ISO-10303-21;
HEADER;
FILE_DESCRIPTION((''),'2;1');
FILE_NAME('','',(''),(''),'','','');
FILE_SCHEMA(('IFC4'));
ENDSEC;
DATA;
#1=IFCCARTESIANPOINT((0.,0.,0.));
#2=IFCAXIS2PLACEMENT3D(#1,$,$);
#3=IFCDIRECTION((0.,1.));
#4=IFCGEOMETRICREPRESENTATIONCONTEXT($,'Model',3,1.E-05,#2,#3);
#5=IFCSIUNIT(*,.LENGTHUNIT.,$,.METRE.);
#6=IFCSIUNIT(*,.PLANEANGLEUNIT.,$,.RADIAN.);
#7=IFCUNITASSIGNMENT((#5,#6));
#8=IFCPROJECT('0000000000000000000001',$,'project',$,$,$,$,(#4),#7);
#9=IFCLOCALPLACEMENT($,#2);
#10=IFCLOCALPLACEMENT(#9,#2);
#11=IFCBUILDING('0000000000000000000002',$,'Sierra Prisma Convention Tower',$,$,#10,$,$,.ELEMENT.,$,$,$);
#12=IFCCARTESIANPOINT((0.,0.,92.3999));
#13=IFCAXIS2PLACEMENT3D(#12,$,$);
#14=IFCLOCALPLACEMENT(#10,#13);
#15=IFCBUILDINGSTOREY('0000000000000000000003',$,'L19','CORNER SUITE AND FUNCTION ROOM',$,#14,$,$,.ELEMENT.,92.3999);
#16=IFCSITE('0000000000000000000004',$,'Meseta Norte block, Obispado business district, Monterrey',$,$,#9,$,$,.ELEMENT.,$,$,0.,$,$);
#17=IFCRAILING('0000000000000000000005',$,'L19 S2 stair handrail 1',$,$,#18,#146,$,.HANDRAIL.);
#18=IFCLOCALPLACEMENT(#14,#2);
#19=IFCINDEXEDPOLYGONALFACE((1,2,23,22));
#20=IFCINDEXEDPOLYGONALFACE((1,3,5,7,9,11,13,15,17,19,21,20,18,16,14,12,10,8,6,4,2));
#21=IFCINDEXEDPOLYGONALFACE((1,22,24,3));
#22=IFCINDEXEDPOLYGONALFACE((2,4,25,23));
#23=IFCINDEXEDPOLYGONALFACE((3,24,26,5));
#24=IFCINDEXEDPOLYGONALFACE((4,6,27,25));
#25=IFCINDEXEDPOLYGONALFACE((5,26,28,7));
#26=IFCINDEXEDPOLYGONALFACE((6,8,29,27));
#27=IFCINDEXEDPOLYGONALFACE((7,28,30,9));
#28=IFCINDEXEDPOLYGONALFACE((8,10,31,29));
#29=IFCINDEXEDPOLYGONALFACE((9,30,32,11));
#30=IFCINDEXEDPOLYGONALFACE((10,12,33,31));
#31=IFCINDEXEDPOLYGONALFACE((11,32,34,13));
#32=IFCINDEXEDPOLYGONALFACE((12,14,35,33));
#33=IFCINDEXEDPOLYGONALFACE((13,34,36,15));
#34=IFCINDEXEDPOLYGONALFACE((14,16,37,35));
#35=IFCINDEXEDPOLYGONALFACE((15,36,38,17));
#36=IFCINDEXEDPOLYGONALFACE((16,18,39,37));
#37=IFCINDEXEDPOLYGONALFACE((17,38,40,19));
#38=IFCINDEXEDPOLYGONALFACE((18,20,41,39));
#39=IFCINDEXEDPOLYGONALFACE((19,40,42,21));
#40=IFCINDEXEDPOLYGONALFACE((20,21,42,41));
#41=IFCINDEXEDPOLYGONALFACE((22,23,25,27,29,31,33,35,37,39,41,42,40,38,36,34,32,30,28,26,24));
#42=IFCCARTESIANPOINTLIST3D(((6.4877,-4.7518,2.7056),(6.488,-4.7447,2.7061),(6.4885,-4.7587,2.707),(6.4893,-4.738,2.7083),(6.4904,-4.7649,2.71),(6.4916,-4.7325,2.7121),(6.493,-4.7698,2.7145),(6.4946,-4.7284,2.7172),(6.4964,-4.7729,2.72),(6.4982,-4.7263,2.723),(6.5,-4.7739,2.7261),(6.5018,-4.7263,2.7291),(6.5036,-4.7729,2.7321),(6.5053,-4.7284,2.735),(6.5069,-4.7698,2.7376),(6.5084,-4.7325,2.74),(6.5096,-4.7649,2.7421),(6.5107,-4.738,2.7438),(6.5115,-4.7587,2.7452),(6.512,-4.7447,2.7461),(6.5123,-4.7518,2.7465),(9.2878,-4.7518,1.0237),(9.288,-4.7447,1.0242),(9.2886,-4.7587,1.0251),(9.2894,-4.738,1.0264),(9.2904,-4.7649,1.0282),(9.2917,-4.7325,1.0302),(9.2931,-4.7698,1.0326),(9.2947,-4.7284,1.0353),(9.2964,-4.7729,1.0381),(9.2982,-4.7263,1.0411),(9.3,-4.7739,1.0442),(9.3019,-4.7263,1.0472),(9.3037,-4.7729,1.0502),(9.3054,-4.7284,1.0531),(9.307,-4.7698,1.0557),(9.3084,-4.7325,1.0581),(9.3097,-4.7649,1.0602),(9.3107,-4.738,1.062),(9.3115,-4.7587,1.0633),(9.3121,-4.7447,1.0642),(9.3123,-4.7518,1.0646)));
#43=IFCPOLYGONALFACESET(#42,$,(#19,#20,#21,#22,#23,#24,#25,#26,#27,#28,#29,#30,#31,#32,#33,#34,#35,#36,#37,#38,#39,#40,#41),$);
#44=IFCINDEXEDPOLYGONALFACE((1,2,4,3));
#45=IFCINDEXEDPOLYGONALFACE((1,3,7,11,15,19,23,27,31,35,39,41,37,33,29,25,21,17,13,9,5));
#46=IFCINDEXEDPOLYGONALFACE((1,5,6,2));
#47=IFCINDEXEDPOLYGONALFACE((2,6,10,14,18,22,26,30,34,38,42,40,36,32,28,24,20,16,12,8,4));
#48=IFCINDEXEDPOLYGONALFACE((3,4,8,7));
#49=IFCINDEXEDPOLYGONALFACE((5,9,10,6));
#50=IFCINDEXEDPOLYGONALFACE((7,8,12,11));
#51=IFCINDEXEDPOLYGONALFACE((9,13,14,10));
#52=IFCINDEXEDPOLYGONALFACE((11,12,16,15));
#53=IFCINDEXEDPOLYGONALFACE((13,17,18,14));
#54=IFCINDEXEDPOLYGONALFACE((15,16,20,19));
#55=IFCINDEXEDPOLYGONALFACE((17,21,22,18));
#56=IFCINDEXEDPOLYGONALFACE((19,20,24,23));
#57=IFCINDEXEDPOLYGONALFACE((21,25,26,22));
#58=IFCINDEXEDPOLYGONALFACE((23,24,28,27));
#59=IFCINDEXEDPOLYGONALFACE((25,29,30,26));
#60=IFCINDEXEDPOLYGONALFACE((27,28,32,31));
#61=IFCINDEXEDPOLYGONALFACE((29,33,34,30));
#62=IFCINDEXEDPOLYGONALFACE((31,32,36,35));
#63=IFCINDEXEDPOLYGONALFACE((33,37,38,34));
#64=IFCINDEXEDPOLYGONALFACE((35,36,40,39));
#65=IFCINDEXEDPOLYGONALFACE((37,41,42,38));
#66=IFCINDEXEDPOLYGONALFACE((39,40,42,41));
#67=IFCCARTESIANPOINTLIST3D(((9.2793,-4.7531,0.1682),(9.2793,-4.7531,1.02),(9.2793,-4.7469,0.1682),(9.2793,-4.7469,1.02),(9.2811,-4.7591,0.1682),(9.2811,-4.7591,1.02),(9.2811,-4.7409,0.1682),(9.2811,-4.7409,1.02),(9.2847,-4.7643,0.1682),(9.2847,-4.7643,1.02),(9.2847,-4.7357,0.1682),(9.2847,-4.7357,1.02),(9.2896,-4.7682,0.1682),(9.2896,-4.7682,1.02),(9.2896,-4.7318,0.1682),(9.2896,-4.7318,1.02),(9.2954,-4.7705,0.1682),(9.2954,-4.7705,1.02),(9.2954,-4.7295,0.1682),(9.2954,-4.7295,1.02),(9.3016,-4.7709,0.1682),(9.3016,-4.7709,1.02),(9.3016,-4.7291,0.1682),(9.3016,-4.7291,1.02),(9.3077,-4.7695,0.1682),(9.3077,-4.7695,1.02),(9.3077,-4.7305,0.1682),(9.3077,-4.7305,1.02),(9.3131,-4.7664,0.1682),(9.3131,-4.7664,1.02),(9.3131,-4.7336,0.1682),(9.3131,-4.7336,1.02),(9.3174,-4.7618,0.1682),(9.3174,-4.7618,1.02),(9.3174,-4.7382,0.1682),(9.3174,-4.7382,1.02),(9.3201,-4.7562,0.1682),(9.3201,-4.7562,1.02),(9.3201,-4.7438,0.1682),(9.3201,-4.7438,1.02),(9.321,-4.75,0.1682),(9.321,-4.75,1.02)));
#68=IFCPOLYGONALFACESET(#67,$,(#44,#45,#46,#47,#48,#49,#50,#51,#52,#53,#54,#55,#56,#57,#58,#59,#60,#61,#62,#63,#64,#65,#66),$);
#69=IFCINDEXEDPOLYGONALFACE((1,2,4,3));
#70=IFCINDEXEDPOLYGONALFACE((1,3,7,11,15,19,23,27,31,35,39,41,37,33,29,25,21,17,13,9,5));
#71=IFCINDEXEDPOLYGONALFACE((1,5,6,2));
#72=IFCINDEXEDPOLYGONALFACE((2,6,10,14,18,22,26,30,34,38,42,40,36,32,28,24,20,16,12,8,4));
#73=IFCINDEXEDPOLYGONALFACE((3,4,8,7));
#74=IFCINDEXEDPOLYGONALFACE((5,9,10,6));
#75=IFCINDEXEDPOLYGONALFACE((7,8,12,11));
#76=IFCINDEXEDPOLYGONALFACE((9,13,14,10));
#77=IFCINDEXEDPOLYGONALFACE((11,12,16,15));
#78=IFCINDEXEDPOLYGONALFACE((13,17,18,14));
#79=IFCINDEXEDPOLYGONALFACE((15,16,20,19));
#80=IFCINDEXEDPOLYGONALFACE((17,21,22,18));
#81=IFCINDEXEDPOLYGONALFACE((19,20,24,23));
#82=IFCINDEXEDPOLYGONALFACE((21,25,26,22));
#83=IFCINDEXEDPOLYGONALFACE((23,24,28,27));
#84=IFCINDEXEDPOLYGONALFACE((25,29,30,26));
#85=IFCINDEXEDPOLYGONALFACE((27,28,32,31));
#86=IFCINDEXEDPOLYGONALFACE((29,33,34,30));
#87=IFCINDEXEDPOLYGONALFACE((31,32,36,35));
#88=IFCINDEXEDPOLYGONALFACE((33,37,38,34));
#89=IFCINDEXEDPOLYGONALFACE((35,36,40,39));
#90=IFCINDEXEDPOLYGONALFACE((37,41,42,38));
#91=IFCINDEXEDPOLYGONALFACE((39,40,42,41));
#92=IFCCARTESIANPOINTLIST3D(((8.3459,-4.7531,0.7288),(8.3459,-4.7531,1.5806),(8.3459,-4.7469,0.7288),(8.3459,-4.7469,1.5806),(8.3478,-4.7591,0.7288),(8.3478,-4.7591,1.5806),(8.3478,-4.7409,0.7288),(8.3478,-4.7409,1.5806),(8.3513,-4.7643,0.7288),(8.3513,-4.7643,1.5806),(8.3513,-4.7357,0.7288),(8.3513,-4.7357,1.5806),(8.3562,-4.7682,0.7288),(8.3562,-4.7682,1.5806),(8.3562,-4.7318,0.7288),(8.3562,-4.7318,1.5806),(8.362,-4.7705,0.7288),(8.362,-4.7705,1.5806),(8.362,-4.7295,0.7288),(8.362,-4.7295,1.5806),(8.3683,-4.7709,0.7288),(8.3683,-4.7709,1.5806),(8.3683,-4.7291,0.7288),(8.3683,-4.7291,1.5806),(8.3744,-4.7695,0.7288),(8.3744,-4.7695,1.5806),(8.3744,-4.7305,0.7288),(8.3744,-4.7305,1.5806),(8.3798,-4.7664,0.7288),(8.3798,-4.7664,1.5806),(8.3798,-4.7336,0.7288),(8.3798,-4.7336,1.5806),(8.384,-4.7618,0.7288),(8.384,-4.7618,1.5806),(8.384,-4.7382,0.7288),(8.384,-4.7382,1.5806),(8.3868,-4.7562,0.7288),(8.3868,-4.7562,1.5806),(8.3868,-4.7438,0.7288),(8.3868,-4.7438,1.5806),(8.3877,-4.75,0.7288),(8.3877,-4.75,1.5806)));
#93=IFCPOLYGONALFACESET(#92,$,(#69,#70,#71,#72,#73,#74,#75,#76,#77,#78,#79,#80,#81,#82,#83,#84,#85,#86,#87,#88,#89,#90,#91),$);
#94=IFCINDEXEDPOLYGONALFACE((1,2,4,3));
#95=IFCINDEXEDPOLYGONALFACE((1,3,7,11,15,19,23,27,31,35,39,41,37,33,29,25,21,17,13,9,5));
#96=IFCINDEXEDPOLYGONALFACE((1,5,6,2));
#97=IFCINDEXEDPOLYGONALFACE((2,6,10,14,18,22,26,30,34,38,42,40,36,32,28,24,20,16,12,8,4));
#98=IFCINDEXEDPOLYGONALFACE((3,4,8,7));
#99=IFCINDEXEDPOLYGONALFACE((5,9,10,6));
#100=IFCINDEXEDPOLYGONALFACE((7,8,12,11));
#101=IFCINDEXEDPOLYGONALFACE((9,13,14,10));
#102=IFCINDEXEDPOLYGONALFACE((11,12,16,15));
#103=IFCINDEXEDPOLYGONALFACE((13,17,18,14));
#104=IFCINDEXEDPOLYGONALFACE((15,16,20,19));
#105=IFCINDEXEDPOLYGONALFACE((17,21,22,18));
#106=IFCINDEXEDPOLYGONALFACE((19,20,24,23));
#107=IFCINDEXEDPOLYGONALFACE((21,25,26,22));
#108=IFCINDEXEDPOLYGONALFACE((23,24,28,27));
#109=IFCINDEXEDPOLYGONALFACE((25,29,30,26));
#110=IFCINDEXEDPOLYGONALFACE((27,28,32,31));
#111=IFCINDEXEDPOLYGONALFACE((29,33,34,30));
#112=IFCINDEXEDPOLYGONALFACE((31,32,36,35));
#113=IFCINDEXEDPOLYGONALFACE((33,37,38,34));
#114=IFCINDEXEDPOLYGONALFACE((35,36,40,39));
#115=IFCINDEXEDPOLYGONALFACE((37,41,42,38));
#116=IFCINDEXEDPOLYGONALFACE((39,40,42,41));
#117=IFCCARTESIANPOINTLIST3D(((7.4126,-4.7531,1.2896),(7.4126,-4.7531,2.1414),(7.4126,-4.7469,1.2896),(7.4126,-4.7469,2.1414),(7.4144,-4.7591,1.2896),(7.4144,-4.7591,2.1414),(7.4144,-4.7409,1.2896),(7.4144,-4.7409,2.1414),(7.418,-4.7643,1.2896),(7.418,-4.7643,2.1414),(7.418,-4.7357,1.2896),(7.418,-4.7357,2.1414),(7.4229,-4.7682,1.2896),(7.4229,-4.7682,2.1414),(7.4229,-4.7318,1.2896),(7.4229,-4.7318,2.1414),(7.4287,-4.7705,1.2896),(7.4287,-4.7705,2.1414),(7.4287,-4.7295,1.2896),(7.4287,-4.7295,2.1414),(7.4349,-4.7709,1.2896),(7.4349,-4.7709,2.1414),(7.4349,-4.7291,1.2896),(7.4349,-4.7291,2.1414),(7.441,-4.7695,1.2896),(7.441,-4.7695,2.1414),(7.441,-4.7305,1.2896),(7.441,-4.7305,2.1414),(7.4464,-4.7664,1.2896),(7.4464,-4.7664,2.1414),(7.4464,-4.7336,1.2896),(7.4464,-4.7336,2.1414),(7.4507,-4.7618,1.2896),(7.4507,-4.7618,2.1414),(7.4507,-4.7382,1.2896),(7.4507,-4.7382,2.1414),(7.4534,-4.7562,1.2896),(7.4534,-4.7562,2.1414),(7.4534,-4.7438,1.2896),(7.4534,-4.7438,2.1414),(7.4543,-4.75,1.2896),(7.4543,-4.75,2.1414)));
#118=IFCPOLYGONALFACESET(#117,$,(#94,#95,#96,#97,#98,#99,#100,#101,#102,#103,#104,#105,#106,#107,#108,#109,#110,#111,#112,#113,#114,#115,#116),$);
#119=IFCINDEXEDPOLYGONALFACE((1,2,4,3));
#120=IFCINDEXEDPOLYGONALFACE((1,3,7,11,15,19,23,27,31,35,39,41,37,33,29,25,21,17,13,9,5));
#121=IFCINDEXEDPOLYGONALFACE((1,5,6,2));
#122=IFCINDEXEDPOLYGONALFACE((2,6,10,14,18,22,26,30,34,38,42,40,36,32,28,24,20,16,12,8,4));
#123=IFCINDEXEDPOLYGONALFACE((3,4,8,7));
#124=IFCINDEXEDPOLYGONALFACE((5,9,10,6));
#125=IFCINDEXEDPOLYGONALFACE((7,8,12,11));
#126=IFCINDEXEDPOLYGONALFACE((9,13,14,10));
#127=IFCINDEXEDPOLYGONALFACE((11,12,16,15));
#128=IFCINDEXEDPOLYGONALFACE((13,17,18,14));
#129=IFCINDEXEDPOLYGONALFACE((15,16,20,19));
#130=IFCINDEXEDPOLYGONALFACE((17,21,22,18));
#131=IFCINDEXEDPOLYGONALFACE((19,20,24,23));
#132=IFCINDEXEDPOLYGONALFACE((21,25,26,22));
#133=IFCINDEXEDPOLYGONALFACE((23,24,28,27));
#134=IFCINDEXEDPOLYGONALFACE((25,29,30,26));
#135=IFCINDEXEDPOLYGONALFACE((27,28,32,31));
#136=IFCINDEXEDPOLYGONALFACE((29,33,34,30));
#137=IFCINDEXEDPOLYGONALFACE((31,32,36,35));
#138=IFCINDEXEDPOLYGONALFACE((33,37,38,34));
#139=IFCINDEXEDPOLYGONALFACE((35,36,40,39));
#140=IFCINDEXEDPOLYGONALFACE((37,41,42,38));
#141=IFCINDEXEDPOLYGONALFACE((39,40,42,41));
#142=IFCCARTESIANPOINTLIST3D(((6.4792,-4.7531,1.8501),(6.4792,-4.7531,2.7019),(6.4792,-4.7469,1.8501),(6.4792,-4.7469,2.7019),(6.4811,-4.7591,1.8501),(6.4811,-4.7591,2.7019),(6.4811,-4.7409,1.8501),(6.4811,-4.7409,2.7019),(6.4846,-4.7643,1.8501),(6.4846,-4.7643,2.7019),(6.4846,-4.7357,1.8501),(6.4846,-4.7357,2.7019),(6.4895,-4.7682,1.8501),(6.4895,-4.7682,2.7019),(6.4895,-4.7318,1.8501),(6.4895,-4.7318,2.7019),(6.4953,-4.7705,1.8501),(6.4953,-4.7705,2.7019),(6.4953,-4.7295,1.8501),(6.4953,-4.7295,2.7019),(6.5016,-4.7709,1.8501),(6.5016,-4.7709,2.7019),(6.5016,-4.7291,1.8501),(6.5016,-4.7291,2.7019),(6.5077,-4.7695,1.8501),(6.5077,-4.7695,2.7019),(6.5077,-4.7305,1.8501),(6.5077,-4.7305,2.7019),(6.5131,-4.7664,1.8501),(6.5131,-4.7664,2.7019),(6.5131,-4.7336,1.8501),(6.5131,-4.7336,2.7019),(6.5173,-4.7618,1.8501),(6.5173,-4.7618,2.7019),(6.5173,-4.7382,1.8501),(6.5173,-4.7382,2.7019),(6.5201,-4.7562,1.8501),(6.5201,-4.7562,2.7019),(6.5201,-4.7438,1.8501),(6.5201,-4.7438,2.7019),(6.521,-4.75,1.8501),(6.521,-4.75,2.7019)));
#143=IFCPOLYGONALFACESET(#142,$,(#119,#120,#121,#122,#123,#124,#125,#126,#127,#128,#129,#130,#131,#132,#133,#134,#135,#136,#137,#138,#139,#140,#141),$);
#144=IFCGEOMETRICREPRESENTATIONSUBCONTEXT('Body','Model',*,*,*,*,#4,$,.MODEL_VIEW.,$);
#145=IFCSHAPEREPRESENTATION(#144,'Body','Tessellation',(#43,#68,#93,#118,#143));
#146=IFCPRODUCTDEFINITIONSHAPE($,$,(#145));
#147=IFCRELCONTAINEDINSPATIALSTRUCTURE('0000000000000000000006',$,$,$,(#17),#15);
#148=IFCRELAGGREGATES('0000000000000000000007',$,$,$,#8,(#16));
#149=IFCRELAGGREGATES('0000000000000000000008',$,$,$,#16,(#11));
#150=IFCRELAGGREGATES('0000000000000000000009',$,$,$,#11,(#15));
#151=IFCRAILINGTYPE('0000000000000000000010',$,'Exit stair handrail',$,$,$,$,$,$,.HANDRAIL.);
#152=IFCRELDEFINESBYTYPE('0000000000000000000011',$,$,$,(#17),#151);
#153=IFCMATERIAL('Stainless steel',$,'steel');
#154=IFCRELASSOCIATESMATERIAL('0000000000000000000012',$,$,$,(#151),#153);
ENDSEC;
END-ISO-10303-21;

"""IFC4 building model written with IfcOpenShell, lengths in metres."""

from ifc_helpers import new_model, si_unit, direction, frame, origin, origin_2d, place, context, subcontext, project, spatial, circle, extrude, material, type_object, element, save


model = new_model("IFC4")

# Units and contexts
model_context = context("Model", 3, precision=1e-05, world=origin(), true_north=direction((0.0, 1.0)))
body_context = subcontext(model_context, "Body", "Model", "MODEL_VIEW")
ifc_project = project(units=[si_unit("LENGTHUNIT", "METRE"), si_unit("PLANEANGLEUNIT", "RADIAN")], contexts=[model_context])

# Site, building, storey
site_placement = place(None, origin())
site = spatial("IfcSite", under=ifc_project, at=site_placement, Name="Meseta Norte block, Obispado business district, Monterrey", CompositionType="ELEMENT", RefElevation=0.0)
building_placement = place(site_placement, origin())
building = spatial("IfcBuilding", under=site, at=building_placement, Name="Sierra Prisma Convention Tower", CompositionType="ELEMENT")
storey_placement = place(building_placement, frame((0.0, 0.0, 92.3999)))
storey = spatial("IfcBuildingStorey", under=building, at=storey_placement, Name="L19", Description="CORNER SUITE AND FUNCTION ROOM", CompositionType="ELEMENT", Elevation=92.3999)

# Railing
ifc_material_1 = material(Name="Stainless steel", Category="steel")
railing_type_1 = type_object("IfcRailingType", Name="Exit stair handrail", PredefinedType="HANDRAIL", material=ifc_material_1)
railing_1_placement = place(storey_placement, frame((9.3, -4.75, 0.1682)))
element("IfcRailing", 1, at=railing_1_placement, inside=storey, type_object=railing_type_1, Name="L19 S2 stair handrail 1", PredefinedType="HANDRAIL", context=body_context, shape_type="SweptSolid", body=[
    extrude(circle(Radius=0.0239, at=origin_2d()), frame((0.0, 0.0, 0.876), z_axis=(-0.857242, 0.0, 0.514913), x_axis=(0.0, -1.0, 0.0)), (0.0, 0.0, 1.0), 3.2664),
    extrude(circle(Radius=0.021, at=origin_2d()), origin(), (0.0, 0.0, 1.0), 0.8518),
    extrude(circle(Radius=0.021, at=origin_2d()), frame((-0.9333, 0.0, 0.5605)), (0.0, 0.0, 1.0), 0.8518),
    extrude(circle(Radius=0.021, at=origin_2d()), frame((-1.8667, 0.0, 1.1213)), (0.0, 0.0, 1.0), 0.8518),
    extrude(circle(Radius=0.021, at=origin_2d()), frame((-2.8, 0.0, 1.6819)), (0.0, 0.0, 1.0), 0.8518),
])

save(model, "model.ifc")
